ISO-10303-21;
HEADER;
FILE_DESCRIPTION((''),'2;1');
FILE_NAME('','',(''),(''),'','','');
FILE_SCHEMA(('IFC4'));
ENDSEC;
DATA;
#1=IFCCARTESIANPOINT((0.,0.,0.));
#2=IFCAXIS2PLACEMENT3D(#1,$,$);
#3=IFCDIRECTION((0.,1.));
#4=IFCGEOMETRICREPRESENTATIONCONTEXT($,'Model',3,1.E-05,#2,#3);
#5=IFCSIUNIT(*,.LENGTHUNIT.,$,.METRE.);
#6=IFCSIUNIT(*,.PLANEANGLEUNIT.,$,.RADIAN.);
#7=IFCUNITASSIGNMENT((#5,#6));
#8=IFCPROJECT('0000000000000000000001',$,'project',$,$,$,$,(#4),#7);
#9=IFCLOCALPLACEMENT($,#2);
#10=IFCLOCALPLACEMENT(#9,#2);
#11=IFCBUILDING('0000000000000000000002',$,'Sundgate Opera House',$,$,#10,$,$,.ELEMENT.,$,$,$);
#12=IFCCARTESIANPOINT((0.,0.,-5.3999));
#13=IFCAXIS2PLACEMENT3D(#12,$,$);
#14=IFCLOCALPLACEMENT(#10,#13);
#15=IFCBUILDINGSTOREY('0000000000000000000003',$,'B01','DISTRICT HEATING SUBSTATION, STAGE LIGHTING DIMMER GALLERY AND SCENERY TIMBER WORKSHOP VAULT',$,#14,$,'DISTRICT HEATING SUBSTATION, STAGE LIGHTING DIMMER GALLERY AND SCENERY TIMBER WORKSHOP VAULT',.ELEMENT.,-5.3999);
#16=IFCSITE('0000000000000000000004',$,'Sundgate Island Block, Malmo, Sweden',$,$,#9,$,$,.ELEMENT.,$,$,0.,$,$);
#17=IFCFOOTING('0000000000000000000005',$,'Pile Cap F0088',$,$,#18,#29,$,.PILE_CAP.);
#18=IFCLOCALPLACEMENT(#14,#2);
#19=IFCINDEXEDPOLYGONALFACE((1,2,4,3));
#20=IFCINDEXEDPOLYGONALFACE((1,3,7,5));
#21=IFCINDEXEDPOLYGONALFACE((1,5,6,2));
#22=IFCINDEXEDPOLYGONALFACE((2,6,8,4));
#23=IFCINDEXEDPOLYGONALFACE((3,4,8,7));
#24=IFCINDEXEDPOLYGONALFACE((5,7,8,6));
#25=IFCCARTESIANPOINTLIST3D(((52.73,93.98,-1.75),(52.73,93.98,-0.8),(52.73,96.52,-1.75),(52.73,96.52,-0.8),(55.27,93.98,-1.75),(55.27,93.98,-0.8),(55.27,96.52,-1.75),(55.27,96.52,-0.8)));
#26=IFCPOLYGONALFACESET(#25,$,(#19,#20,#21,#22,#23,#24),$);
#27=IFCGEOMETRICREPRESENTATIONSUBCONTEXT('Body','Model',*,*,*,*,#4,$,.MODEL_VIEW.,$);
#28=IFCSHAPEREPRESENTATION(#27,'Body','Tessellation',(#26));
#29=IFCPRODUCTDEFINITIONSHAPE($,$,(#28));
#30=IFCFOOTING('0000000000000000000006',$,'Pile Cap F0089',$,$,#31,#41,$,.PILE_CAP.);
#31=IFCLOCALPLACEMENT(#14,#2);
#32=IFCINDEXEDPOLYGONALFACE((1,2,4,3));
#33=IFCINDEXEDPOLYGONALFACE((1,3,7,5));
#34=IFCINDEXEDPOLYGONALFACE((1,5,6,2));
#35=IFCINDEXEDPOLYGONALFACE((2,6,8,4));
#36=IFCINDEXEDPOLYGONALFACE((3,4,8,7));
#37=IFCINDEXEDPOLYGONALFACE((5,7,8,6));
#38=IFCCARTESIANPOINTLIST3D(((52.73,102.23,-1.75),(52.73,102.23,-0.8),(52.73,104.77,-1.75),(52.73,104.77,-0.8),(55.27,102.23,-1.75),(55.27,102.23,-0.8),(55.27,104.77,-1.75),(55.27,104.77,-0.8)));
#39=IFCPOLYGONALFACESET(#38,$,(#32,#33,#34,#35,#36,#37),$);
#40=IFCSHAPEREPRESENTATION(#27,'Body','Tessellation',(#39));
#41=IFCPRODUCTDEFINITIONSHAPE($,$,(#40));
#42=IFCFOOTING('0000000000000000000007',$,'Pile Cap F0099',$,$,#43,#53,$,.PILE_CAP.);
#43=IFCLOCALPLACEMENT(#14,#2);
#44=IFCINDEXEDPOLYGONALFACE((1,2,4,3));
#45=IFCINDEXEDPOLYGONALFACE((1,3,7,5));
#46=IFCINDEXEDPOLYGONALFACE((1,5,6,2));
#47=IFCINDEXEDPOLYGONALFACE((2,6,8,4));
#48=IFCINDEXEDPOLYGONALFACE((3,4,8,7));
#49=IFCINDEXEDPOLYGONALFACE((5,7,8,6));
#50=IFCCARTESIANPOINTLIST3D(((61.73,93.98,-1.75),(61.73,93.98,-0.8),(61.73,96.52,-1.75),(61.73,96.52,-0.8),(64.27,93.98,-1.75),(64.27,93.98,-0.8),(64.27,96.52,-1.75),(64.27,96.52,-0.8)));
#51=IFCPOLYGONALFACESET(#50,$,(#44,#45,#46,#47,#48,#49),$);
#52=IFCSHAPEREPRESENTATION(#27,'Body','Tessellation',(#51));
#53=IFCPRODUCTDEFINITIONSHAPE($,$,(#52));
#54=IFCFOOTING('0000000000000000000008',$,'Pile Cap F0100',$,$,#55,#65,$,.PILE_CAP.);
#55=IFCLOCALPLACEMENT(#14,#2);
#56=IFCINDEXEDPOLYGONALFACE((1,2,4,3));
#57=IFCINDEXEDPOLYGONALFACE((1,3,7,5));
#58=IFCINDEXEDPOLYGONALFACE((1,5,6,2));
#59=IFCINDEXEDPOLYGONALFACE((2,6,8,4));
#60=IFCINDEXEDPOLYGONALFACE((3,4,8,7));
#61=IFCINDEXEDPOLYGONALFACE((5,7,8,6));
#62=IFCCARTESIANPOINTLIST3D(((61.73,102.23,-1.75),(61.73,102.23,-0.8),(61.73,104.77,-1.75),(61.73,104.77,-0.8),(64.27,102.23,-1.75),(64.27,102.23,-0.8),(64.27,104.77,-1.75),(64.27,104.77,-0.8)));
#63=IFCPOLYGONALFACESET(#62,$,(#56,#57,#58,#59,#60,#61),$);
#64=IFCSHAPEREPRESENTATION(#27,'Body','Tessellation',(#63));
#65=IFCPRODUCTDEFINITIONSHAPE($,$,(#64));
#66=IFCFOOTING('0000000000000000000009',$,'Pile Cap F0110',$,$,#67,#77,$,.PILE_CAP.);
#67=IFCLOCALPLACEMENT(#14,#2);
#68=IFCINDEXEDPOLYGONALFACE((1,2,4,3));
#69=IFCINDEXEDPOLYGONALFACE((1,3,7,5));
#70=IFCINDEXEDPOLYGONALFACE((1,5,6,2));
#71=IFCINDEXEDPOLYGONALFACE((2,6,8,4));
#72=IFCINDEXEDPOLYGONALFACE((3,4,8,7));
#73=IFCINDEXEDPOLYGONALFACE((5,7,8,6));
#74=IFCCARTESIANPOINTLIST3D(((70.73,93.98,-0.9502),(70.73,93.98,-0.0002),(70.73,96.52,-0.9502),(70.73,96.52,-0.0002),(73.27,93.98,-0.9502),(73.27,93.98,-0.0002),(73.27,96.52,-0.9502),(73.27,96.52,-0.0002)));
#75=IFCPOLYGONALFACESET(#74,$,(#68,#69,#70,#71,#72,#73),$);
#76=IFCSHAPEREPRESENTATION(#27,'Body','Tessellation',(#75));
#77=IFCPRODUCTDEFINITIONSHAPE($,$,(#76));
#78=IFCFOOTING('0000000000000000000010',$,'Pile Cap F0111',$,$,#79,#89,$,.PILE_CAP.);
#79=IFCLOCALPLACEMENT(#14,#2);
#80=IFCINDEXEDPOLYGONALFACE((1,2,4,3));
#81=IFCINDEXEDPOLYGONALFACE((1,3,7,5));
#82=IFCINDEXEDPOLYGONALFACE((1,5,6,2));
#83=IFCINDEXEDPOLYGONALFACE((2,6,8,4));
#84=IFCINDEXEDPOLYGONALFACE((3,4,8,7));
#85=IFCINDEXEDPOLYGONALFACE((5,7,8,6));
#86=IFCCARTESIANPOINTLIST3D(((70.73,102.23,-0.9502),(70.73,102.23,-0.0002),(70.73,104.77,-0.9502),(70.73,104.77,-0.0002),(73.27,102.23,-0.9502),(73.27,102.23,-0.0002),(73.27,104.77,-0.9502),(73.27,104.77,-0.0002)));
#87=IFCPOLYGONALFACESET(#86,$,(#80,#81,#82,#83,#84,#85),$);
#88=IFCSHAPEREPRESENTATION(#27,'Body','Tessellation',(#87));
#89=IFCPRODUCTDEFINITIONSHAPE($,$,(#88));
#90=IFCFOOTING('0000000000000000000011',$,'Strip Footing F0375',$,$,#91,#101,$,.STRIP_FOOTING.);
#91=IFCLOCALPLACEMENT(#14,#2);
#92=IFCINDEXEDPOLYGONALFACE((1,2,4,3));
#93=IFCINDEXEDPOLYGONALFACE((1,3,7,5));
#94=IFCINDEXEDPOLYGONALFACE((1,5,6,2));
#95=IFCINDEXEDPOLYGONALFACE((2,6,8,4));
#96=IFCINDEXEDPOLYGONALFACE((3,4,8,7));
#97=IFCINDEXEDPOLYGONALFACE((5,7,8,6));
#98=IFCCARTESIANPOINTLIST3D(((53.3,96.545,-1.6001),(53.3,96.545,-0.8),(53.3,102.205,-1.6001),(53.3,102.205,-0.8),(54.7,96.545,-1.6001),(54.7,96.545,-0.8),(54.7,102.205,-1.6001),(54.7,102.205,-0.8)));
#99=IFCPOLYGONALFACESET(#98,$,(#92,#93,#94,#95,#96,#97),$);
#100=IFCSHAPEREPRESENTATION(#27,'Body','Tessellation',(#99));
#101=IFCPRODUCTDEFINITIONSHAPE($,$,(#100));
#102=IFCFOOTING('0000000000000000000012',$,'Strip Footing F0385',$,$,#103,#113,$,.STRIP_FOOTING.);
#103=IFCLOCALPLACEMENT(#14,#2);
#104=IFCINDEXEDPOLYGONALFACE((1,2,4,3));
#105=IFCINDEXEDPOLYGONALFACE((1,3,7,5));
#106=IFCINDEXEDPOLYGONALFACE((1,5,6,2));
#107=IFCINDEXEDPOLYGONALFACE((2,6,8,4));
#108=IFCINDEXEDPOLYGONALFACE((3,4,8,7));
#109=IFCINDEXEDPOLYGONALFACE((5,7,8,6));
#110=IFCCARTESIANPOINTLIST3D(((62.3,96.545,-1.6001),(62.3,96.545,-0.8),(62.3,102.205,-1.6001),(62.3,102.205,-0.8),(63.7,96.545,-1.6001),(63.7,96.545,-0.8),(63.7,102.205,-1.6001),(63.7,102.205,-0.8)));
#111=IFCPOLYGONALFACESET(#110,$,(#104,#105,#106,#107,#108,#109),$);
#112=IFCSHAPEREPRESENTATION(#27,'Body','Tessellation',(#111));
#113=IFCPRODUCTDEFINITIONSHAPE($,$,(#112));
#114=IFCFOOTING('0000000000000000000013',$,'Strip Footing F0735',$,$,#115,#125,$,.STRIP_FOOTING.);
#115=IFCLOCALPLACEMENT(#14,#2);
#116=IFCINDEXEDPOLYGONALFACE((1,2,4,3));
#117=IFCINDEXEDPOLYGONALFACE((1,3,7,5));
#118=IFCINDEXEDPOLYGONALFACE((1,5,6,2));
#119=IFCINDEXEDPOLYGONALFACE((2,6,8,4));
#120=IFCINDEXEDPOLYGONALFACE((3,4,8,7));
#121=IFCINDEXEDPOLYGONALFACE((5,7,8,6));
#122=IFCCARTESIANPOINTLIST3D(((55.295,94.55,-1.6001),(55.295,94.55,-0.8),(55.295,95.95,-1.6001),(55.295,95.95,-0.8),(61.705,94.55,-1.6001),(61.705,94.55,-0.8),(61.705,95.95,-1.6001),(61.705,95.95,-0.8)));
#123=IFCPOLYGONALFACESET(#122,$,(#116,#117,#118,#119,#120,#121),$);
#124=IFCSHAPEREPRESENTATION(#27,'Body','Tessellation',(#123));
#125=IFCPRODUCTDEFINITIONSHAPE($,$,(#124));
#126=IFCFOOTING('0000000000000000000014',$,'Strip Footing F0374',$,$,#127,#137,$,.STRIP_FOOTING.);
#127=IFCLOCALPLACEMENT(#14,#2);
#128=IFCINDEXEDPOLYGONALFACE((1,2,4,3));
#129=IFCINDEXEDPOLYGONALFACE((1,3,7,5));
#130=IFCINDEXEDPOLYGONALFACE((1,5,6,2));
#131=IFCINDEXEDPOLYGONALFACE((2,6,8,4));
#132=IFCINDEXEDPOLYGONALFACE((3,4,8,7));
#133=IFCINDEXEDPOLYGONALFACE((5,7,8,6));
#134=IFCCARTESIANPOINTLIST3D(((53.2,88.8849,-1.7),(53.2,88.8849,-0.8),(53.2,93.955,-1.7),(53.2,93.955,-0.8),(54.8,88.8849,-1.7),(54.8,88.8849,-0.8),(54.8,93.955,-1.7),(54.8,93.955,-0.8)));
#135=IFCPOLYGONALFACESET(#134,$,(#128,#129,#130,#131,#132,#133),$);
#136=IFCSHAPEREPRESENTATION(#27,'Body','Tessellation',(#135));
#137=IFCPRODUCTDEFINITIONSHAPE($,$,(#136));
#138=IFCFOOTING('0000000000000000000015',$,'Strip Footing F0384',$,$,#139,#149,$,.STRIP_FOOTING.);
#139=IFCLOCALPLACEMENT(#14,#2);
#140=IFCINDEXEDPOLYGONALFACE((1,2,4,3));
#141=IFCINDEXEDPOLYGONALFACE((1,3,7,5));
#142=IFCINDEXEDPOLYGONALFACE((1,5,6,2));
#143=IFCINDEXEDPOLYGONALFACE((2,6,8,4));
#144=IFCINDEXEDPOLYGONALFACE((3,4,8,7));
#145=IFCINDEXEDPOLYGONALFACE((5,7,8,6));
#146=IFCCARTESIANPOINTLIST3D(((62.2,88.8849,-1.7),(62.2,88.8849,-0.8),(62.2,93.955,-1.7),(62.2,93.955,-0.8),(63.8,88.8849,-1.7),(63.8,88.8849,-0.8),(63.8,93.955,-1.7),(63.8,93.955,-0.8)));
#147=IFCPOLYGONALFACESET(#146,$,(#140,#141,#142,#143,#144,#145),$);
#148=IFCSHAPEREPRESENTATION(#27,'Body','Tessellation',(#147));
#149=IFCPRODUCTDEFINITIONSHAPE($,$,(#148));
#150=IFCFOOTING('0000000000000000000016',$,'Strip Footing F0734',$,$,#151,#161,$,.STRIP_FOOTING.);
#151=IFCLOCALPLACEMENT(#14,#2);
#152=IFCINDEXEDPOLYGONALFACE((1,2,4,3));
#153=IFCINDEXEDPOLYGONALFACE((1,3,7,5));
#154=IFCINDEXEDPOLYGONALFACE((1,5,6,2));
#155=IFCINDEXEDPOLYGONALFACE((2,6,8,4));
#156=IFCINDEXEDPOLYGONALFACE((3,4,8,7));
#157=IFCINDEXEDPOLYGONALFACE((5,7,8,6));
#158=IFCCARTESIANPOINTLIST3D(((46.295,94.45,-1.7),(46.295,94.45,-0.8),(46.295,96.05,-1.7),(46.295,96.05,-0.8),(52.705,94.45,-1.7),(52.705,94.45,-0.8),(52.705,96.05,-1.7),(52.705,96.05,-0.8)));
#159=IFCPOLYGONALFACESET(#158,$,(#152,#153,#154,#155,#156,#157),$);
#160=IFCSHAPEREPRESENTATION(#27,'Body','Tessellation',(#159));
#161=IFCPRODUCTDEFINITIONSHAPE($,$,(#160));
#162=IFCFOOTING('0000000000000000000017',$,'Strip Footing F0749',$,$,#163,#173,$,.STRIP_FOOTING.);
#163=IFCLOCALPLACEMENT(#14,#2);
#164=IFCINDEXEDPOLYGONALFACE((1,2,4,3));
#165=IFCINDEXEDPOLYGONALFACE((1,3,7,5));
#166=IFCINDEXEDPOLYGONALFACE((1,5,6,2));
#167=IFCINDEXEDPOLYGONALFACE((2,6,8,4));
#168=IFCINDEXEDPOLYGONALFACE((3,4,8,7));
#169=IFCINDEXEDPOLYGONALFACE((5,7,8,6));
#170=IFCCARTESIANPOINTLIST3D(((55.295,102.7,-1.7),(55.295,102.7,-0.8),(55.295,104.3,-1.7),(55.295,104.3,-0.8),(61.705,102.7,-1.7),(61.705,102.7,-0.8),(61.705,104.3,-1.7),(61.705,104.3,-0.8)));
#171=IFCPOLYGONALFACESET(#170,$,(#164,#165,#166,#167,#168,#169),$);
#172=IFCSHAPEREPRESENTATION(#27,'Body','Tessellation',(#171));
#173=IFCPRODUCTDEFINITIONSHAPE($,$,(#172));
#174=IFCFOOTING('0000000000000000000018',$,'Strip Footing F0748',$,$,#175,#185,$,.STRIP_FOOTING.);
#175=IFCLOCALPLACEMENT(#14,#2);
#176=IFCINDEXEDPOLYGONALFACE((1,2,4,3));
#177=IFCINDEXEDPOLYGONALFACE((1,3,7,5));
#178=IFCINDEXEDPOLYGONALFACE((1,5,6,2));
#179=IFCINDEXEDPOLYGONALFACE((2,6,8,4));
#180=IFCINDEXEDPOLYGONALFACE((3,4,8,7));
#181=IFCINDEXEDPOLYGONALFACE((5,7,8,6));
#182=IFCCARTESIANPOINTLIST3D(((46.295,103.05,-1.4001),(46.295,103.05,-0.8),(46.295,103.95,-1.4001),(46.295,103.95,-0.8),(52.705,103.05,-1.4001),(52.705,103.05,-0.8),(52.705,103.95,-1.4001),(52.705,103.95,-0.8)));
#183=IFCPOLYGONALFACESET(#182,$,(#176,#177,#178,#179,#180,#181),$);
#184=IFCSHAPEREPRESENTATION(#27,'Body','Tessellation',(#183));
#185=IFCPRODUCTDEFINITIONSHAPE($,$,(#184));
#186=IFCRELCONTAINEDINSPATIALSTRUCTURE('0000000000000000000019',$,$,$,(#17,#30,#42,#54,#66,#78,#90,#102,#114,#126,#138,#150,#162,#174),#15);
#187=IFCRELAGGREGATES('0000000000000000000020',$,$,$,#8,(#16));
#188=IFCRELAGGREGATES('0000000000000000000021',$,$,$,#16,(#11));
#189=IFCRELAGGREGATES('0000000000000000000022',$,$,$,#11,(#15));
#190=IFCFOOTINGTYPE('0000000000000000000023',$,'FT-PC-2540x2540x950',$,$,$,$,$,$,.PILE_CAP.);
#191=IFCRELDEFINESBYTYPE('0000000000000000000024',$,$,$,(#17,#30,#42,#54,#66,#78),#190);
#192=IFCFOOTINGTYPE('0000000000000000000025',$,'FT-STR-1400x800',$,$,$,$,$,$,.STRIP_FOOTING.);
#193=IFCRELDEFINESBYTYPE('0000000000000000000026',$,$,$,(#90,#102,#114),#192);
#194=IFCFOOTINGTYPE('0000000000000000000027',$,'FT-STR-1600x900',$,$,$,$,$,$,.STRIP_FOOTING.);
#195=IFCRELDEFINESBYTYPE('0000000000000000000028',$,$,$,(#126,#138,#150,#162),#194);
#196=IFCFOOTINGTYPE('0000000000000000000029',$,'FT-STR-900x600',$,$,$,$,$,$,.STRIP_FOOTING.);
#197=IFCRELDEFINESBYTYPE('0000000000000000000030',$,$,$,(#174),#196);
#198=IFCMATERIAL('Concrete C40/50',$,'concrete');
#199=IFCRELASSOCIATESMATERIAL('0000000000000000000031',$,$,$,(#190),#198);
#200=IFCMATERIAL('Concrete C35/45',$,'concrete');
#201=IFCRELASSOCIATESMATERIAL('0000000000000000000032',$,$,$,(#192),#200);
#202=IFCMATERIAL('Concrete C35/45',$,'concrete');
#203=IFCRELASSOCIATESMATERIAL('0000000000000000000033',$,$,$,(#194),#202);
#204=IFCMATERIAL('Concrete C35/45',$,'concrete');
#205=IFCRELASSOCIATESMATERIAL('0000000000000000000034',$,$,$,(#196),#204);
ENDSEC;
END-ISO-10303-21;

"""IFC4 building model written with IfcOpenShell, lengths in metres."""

from ifc_helpers import new_model, si_unit, direction, frame, origin, origin_2d, place, context, subcontext, project, spatial, rectangle, extrude, material, type_object, element, save


model = new_model("IFC4")

# Units and contexts
model_context = context("Model", 3, precision=1e-05, world=origin(), true_north=direction((0.0, 1.0)))
body_context = subcontext(model_context, "Body", "Model", "MODEL_VIEW")
ifc_project = project(units=[si_unit("LENGTHUNIT", "METRE"), si_unit("PLANEANGLEUNIT", "RADIAN")], contexts=[model_context])

# Site, building, storey
site_placement = place(None, origin())
site = spatial("IfcSite", under=ifc_project, at=site_placement, Name="Sundgate Island Block, Malmo, Sweden", CompositionType="ELEMENT", RefElevation=0.0)
building_placement = place(site_placement, origin())
building = spatial("IfcBuilding", under=site, at=building_placement, Name="Sundgate Opera House", CompositionType="ELEMENT")
storey_placement = place(building_placement, frame((0.0, 0.0, -5.3999)))
storey = spatial("IfcBuildingStorey", under=building, at=storey_placement, Name="B01", Description="DISTRICT HEATING SUBSTATION, STAGE LIGHTING DIMMER GALLERY AND SCENERY TIMBER WORKSHOP VAULT", LongName="DISTRICT HEATING SUBSTATION, STAGE LIGHTING DIMMER GALLERY AND SCENERY TIMBER WORKSHOP VAULT", CompositionType="ELEMENT", Elevation=-5.3999)

# Footings
ifc_material_1 = material(Name="Concrete C40/50", Category="concrete")
footing_type_1 = type_object("IfcFootingType", Name="FT-PC-2540x2540x950", PredefinedType="PILE_CAP", material=ifc_material_1)
for number, where, z_axis, x_axis, name in (
    (1, (54.0, 95.25, -1.75), (0.0, 0.0, 1.0), (1.0, 0.0, 0.0), "Pile Cap F0088"),
    (2, (54.0, 103.5, -1.75), (0.0, 0.0, 1.0), (1.0, 0.0, 0.0), "Pile Cap F0089"),
    (3, (63.0, 95.25, -1.75), (0.0, 0.0, 1.0), (1.0, 0.0, 0.0), "Pile Cap F0099"),
    (4, (63.0, 103.5, -1.75), (0.0, 0.0, 1.0), (1.0, 0.0, 0.0), "Pile Cap F0100"),
    (5, (72.0, 95.25, -0.9502), (0.0, 0.0, 1.0), (1.0, 0.0, 0.0), "Pile Cap F0110"),
    (6, (72.0, 103.5, -0.9502), (0.0, 0.0, 1.0), (1.0, 0.0, 0.0), "Pile Cap F0111"),
):
    element("IfcFooting", number, at=place(storey_placement, frame(where, z_axis=z_axis, x_axis=x_axis)), inside=storey, type_object=footing_type_1, Name=name, PredefinedType="PILE_CAP", context=body_context, shape_type="SweptSolid", body=[
        extrude(rectangle(XDim=2.54, YDim=2.54, at=origin_2d()), origin(), (0.0, 0.0, 1.0), 0.95),
    ])
ifc_material_2 = material(Name="Concrete C35/45", Category="concrete")
footing_type_2 = type_object("IfcFootingType", Name="FT-STR-1400x800", PredefinedType="STRIP_FOOTING", material=ifc_material_2)
for number, where, z_axis, x_axis, name in (
    (7, (54.0, 99.375, -1.6001), (0.0, 0.0, 1.0), (1.0, 0.0, 0.0), "Strip Footing F0375"),
    (8, (63.0, 99.375, -1.6001), (0.0, 0.0, 1.0), (1.0, 0.0, 0.0), "Strip Footing F0385"),
):
    element("IfcFooting", number, at=place(storey_placement, frame(where, z_axis=z_axis, x_axis=x_axis)), inside=storey, type_object=footing_type_2, Name=name, PredefinedType="STRIP_FOOTING", context=body_context, shape_type="SweptSolid", body=[
        extrude(rectangle(XDim=1.3999, YDim=5.6599, at=origin_2d()), origin(), (0.0, 0.0, 1.0), 0.8),
    ])
footing_1_placement = place(storey_placement, frame((58.5, 95.25, -1.6001), z_axis=(0.0, 0.0, 1.0), x_axis=(1.0, 0.0, 0.0)))
element("IfcFooting", 9, at=footing_1_placement, inside=storey, type_object=footing_type_2, Name="Strip Footing F0735", PredefinedType="STRIP_FOOTING", context=body_context, shape_type="SweptSolid", body=[
    extrude(rectangle(XDim=6.4099, YDim=1.3999, at=origin_2d()), origin(), (0.0, 0.0, 1.0), 0.8),
])
ifc_material_3 = material(Name="Concrete C35/45", Category="concrete")
footing_type_3 = type_object("IfcFootingType", Name="FT-STR-1600x900", PredefinedType="STRIP_FOOTING", material=ifc_material_3)
for number, where, z_axis, x_axis, name in (
    (10, (54.0, 91.4199, -1.7), (0.0, 0.0, 1.0), (1.0, 0.0, 0.0), "Strip Footing F0374"),
    (11, (63.0, 91.4199, -1.7), (0.0, 0.0, 1.0), (1.0, 0.0, 0.0), "Strip Footing F0384"),
):
    element("IfcFooting", number, at=place(storey_placement, frame(where, z_axis=z_axis, x_axis=x_axis)), inside=storey, type_object=footing_type_3, Name=name, PredefinedType="STRIP_FOOTING", context=body_context, shape_type="SweptSolid", body=[
        extrude(rectangle(XDim=1.6001, YDim=5.0701, at=origin_2d()), origin(), (0.0, 0.0, 1.0), 0.8999),
    ])
for number, where, z_axis, x_axis, name in (
    (12, (49.5, 95.25, -1.7), (0.0, 0.0, 1.0), (1.0, 0.0, 0.0), "Strip Footing F0734"),
    (13, (58.5, 103.5, -1.7), (0.0, 0.0, 1.0), (1.0, 0.0, 0.0), "Strip Footing F0749"),
):
    element("IfcFooting", number, at=place(storey_placement, frame(where, z_axis=z_axis, x_axis=x_axis)), inside=storey, type_object=footing_type_3, Name=name, PredefinedType="STRIP_FOOTING", context=body_context, shape_type="SweptSolid", body=[
        extrude(rectangle(XDim=6.4099, YDim=1.6001, at=origin_2d()), origin(), (0.0, 0.0, 1.0), 0.8999),
    ])
ifc_material_4 = material(Name="Concrete C35/45", Category="concrete")
footing_type_4 = type_object("IfcFootingType", Name="FT-STR-900x600", PredefinedType="STRIP_FOOTING", material=ifc_material_4)
footing_2_placement = place(storey_placement, frame((49.5, 103.5, -1.4001), z_axis=(0.0, 0.0, 1.0), x_axis=(1.0, 0.0, 0.0)))
element("IfcFooting", 14, at=footing_2_placement, inside=storey, type_object=footing_type_4, Name="Strip Footing F0748", PredefinedType="STRIP_FOOTING", context=body_context, shape_type="SweptSolid", body=[
    extrude(rectangle(XDim=6.4099, YDim=0.8999, at=origin_2d()), origin(), (0.0, 0.0, 1.0), 0.6001),
])

save(model, "model.ifc")
